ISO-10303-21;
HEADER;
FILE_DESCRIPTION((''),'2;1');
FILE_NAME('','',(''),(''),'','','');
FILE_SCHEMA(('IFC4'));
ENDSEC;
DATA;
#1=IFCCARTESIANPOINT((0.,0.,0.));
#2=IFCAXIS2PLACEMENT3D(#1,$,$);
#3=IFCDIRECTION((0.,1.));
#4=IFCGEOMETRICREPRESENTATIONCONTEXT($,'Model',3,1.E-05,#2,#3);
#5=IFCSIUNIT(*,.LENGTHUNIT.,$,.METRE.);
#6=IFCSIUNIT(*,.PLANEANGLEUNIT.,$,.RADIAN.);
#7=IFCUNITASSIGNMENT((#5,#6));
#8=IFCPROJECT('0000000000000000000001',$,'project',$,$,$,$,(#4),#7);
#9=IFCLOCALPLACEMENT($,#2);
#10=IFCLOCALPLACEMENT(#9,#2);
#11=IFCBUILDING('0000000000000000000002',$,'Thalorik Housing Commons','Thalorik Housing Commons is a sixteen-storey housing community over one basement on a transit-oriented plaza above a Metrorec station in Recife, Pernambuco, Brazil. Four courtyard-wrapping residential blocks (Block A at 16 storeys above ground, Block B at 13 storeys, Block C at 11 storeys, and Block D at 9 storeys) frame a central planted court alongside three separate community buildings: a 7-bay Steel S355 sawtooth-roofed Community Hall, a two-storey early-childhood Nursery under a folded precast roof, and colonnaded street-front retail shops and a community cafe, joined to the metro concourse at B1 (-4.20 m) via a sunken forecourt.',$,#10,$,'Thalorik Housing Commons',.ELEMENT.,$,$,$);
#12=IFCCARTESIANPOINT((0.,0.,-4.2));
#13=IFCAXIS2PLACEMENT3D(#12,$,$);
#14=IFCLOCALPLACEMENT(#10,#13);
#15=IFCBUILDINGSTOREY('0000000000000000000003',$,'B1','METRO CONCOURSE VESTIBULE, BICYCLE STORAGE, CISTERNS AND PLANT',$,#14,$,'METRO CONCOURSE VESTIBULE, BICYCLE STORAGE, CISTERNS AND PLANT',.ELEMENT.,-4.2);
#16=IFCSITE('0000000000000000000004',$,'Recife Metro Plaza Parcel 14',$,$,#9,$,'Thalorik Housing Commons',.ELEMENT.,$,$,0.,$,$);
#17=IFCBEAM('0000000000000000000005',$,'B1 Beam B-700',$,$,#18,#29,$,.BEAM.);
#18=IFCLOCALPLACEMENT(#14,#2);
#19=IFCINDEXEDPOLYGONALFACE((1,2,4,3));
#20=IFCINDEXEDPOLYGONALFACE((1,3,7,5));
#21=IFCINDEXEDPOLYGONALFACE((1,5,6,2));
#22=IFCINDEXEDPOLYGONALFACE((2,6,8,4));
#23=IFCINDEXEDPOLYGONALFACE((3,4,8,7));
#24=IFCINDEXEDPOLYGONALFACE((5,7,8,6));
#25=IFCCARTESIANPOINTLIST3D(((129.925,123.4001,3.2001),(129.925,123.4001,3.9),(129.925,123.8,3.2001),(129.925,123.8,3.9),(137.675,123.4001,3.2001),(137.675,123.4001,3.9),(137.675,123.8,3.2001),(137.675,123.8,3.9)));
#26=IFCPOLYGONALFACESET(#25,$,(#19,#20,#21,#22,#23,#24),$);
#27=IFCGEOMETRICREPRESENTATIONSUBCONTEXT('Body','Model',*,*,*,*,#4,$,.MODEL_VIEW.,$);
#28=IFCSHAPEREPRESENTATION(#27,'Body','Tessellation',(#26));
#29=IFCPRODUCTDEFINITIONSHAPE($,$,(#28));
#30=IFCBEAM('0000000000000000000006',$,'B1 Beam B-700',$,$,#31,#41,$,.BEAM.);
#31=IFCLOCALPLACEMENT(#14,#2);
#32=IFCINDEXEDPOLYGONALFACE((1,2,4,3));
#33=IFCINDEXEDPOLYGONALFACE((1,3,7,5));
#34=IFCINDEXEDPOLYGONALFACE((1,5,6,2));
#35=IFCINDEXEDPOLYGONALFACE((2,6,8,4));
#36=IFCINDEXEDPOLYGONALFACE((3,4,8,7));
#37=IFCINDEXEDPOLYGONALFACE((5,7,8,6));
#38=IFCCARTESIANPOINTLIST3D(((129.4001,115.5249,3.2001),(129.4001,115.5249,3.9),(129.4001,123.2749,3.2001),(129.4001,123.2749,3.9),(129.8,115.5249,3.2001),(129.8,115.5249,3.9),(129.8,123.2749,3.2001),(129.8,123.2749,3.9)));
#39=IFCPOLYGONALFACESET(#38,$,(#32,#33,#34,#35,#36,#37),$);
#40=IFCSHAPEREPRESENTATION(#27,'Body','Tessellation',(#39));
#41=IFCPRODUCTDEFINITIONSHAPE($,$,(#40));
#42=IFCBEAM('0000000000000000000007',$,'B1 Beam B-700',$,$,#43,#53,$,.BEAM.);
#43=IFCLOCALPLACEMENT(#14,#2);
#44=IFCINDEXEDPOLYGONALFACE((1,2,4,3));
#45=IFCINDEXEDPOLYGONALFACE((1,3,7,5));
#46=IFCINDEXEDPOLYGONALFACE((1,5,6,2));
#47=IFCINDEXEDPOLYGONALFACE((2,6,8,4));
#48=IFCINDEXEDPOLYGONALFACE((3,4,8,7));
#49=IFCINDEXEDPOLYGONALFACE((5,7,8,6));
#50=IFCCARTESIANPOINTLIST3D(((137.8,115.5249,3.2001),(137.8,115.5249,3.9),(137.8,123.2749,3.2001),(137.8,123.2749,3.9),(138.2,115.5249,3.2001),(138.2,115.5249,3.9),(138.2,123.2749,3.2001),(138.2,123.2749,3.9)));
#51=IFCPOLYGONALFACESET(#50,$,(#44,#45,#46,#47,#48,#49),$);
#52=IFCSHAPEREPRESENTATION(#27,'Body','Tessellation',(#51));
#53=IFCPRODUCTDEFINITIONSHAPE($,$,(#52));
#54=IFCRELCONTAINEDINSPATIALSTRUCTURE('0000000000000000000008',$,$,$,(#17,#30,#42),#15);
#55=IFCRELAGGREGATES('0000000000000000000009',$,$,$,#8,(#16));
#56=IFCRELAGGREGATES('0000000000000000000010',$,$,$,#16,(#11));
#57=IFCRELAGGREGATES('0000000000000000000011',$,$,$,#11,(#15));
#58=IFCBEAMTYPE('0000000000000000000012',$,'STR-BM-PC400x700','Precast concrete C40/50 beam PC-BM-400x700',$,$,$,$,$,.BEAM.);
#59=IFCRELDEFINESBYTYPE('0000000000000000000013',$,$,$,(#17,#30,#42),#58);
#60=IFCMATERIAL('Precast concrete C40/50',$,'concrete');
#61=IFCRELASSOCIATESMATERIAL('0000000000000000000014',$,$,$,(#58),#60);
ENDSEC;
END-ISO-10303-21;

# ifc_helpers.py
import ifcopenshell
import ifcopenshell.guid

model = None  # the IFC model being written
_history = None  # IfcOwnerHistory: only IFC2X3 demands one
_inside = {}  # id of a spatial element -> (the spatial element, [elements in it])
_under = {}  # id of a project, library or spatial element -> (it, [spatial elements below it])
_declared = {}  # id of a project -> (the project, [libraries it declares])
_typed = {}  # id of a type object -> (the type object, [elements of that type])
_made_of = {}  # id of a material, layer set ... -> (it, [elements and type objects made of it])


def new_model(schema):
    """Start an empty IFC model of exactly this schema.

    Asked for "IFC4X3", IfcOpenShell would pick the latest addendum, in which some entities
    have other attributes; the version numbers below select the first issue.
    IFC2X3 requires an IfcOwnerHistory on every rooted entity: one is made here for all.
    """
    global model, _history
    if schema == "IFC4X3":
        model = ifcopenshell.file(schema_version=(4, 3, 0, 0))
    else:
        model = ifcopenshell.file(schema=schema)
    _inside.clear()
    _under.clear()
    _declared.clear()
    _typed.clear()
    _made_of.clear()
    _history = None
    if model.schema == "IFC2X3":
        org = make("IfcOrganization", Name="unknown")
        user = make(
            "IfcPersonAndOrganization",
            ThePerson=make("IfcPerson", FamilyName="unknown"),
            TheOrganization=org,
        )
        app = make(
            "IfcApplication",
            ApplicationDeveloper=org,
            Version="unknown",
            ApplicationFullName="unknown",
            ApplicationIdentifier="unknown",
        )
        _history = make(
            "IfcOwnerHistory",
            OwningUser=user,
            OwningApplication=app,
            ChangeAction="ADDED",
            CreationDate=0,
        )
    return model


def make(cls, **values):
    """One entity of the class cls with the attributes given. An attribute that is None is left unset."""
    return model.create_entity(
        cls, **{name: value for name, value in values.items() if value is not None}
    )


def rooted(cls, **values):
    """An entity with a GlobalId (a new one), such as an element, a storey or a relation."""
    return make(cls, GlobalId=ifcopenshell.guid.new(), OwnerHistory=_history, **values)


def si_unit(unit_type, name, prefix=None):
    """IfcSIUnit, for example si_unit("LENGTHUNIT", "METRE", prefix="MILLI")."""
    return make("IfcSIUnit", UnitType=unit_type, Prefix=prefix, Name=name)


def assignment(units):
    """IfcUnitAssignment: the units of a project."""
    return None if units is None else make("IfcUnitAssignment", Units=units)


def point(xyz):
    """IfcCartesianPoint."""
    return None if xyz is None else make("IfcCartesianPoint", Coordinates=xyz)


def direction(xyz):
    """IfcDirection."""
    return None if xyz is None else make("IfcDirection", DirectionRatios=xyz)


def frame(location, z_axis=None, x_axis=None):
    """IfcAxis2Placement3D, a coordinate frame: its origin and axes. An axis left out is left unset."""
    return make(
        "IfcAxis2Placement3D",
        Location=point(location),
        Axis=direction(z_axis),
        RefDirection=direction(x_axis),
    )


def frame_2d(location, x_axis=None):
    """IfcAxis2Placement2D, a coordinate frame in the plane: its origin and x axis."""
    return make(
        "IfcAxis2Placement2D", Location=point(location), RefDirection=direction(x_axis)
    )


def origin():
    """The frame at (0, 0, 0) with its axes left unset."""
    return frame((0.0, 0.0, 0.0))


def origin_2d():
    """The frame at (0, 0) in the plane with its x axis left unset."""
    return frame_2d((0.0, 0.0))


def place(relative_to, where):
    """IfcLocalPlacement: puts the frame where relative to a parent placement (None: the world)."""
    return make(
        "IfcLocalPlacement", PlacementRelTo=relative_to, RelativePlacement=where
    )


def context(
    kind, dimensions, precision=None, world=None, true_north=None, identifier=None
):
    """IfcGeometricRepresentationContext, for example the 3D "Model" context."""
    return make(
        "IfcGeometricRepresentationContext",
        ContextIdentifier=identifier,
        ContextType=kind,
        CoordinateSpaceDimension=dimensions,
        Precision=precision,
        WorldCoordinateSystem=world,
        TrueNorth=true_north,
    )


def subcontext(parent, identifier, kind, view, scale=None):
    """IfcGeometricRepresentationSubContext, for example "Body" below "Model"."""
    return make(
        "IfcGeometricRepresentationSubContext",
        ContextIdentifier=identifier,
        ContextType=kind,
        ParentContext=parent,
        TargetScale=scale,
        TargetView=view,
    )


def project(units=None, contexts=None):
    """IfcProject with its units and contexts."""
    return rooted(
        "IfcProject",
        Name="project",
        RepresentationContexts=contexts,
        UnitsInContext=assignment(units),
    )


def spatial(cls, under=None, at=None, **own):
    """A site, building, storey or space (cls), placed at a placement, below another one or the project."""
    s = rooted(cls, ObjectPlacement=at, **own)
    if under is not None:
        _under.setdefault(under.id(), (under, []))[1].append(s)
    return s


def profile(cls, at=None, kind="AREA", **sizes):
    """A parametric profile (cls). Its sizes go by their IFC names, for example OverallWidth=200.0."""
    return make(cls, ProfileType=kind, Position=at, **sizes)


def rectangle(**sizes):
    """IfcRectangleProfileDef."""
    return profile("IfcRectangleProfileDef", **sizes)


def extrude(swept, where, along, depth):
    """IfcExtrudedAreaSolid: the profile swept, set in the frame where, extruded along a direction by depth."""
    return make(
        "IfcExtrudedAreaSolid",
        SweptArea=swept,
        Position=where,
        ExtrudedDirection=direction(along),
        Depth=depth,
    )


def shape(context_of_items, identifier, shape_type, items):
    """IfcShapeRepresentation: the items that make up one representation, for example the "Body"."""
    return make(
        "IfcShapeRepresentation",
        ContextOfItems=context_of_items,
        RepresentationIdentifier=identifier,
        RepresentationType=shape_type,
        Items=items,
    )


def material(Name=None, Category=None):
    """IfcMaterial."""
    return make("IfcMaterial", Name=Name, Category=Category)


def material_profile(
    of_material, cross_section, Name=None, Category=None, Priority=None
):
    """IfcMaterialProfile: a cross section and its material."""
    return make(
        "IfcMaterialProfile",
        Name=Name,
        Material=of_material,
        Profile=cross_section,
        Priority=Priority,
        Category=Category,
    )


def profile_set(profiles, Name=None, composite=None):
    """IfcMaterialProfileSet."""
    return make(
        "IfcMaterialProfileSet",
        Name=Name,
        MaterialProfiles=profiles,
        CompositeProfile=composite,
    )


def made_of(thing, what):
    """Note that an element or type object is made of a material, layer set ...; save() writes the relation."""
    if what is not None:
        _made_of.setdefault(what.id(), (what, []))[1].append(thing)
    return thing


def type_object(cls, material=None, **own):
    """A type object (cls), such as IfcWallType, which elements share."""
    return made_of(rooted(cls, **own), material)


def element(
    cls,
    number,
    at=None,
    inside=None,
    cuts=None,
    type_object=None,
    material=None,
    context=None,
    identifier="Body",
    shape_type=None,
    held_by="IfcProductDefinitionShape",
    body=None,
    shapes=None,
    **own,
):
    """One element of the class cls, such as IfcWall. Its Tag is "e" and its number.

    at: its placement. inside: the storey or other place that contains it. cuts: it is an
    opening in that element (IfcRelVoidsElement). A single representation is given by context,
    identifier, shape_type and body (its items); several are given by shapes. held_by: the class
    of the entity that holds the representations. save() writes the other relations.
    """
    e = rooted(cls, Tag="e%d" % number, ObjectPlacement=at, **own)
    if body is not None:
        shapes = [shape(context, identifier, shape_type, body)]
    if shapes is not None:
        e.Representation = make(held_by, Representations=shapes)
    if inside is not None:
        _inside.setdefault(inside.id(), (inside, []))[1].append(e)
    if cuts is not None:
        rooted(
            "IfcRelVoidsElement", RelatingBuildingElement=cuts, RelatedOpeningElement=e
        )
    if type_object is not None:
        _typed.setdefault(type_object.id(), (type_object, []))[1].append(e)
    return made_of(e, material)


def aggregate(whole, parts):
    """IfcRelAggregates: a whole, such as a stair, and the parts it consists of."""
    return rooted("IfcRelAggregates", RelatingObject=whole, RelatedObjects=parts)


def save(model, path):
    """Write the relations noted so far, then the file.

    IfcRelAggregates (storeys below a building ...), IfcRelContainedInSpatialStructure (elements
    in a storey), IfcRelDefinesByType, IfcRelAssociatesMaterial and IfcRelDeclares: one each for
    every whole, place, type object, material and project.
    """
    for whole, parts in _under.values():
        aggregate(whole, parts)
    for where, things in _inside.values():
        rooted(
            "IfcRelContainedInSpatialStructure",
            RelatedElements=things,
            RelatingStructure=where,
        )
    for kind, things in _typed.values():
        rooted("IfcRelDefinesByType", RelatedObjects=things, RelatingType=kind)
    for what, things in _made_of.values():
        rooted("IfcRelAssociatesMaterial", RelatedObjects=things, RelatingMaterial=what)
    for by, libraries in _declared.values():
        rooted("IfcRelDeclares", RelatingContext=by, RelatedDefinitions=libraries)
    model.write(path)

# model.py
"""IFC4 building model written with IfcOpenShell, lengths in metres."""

from ifc_helpers import new_model, si_unit, direction, frame, origin, origin_2d, place, context, subcontext, project, spatial, rectangle, extrude, material, material_profile, profile_set, type_object, element, save


model = new_model("IFC4")

# Units and contexts
model_context = context("Model", 3, precision=1e-05, world=origin(), true_north=direction((0.0, 1.0)))
body_context = subcontext(model_context, "Body", "Model", "MODEL_VIEW")
ifc_project = project(units=[si_unit("LENGTHUNIT", "METRE"), si_unit("PLANEANGLEUNIT", "RADIAN")], contexts=[model_context])

# Site, building, storey
site_placement = place(None, origin())
site = spatial("IfcSite", under=ifc_project, at=site_placement, Name="Recife Metro Plaza Parcel 14", LongName="Thalorik Housing Commons", CompositionType="ELEMENT", RefElevation=0.0)
building_placement = place(site_placement, origin())
building = spatial("IfcBuilding", under=site, at=building_placement, Name="Thalorik Housing Commons", Description="Thalorik Housing Commons is a sixteen-storey housing community over one basement on a transit-oriented plaza above a Metrorec station in Recife, Pernambuco, Brazil. Four courtyard-wrapping residential blocks (Block A at 16 storeys above ground, Block B at 13 storeys, Block C at 11 storeys, and Block D at 9 storeys) frame a central planted court alongside three separate community buildings: a 7-bay Steel S355 sawtooth-roofed Community Hall, a two-storey early-childhood Nursery under a folded precast roof, and colonnaded street-front retail shops and a community cafe, joined to the metro concourse at B1 (-4.20 m) via a sunken forecourt.", LongName="Thalorik Housing Commons", CompositionType="ELEMENT")
storey_placement = place(building_placement, frame((0.0, 0.0, -4.2)))
storey = spatial("IfcBuildingStorey", under=building, at=storey_placement, Name="B1", Description="METRO CONCOURSE VESTIBULE, BICYCLE STORAGE, CISTERNS AND PLANT", LongName="METRO CONCOURSE VESTIBULE, BICYCLE STORAGE, CISTERNS AND PLANT", CompositionType="ELEMENT", Elevation=-4.2)

# Shared definitions
ifc_material_1 = material(Name="Precast concrete C40/50", Category="concrete")

# Beams
ifc_material_profile_1 = material_profile(ifc_material_1, rectangle(XDim=0.3999, YDim=0.7, at=origin_2d()), Name="PC 400x700", Category="concrete")
ifc_profile_set_1 = profile_set([ifc_material_profile_1], Name="Precast concrete C40/50")
beam_type_1 = type_object("IfcBeamType", Name="STR-BM-PC400x700", Description="Precast concrete C40/50 beam PC-BM-400x700", PredefinedType="BEAM", material=ifc_profile_set_1)
for number, where, z_axis, x_axis, name in (
    (1, (129.925, 123.6001, 3.55), (1.0, 0.0, 0.0), (0.0, 1.0, 0.0), "B1 Beam B-700"),
    (2, (129.6001, 115.5249, 3.55), (0.0, 1.0, 0.0), (-1.0, 0.0, 0.0), "B1 Beam B-700"),
    (3, (138.0, 115.5249, 3.55), (0.0, 1.0, 0.0), (-1.0, 0.0, 0.0), "B1 Beam B-700"),
):
    element("IfcBeam", number, at=place(storey_placement, frame(where, z_axis=z_axis, x_axis=x_axis)), inside=storey, type_object=beam_type_1, Name=name, PredefinedType="BEAM", context=body_context, shape_type="SweptSolid", body=[
        extrude(rectangle(XDim=0.3999, YDim=0.7, at=origin_2d()), origin(), (0.0, 0.0, 1.0), 7.75),
    ])

save(model, "model.ifc")
